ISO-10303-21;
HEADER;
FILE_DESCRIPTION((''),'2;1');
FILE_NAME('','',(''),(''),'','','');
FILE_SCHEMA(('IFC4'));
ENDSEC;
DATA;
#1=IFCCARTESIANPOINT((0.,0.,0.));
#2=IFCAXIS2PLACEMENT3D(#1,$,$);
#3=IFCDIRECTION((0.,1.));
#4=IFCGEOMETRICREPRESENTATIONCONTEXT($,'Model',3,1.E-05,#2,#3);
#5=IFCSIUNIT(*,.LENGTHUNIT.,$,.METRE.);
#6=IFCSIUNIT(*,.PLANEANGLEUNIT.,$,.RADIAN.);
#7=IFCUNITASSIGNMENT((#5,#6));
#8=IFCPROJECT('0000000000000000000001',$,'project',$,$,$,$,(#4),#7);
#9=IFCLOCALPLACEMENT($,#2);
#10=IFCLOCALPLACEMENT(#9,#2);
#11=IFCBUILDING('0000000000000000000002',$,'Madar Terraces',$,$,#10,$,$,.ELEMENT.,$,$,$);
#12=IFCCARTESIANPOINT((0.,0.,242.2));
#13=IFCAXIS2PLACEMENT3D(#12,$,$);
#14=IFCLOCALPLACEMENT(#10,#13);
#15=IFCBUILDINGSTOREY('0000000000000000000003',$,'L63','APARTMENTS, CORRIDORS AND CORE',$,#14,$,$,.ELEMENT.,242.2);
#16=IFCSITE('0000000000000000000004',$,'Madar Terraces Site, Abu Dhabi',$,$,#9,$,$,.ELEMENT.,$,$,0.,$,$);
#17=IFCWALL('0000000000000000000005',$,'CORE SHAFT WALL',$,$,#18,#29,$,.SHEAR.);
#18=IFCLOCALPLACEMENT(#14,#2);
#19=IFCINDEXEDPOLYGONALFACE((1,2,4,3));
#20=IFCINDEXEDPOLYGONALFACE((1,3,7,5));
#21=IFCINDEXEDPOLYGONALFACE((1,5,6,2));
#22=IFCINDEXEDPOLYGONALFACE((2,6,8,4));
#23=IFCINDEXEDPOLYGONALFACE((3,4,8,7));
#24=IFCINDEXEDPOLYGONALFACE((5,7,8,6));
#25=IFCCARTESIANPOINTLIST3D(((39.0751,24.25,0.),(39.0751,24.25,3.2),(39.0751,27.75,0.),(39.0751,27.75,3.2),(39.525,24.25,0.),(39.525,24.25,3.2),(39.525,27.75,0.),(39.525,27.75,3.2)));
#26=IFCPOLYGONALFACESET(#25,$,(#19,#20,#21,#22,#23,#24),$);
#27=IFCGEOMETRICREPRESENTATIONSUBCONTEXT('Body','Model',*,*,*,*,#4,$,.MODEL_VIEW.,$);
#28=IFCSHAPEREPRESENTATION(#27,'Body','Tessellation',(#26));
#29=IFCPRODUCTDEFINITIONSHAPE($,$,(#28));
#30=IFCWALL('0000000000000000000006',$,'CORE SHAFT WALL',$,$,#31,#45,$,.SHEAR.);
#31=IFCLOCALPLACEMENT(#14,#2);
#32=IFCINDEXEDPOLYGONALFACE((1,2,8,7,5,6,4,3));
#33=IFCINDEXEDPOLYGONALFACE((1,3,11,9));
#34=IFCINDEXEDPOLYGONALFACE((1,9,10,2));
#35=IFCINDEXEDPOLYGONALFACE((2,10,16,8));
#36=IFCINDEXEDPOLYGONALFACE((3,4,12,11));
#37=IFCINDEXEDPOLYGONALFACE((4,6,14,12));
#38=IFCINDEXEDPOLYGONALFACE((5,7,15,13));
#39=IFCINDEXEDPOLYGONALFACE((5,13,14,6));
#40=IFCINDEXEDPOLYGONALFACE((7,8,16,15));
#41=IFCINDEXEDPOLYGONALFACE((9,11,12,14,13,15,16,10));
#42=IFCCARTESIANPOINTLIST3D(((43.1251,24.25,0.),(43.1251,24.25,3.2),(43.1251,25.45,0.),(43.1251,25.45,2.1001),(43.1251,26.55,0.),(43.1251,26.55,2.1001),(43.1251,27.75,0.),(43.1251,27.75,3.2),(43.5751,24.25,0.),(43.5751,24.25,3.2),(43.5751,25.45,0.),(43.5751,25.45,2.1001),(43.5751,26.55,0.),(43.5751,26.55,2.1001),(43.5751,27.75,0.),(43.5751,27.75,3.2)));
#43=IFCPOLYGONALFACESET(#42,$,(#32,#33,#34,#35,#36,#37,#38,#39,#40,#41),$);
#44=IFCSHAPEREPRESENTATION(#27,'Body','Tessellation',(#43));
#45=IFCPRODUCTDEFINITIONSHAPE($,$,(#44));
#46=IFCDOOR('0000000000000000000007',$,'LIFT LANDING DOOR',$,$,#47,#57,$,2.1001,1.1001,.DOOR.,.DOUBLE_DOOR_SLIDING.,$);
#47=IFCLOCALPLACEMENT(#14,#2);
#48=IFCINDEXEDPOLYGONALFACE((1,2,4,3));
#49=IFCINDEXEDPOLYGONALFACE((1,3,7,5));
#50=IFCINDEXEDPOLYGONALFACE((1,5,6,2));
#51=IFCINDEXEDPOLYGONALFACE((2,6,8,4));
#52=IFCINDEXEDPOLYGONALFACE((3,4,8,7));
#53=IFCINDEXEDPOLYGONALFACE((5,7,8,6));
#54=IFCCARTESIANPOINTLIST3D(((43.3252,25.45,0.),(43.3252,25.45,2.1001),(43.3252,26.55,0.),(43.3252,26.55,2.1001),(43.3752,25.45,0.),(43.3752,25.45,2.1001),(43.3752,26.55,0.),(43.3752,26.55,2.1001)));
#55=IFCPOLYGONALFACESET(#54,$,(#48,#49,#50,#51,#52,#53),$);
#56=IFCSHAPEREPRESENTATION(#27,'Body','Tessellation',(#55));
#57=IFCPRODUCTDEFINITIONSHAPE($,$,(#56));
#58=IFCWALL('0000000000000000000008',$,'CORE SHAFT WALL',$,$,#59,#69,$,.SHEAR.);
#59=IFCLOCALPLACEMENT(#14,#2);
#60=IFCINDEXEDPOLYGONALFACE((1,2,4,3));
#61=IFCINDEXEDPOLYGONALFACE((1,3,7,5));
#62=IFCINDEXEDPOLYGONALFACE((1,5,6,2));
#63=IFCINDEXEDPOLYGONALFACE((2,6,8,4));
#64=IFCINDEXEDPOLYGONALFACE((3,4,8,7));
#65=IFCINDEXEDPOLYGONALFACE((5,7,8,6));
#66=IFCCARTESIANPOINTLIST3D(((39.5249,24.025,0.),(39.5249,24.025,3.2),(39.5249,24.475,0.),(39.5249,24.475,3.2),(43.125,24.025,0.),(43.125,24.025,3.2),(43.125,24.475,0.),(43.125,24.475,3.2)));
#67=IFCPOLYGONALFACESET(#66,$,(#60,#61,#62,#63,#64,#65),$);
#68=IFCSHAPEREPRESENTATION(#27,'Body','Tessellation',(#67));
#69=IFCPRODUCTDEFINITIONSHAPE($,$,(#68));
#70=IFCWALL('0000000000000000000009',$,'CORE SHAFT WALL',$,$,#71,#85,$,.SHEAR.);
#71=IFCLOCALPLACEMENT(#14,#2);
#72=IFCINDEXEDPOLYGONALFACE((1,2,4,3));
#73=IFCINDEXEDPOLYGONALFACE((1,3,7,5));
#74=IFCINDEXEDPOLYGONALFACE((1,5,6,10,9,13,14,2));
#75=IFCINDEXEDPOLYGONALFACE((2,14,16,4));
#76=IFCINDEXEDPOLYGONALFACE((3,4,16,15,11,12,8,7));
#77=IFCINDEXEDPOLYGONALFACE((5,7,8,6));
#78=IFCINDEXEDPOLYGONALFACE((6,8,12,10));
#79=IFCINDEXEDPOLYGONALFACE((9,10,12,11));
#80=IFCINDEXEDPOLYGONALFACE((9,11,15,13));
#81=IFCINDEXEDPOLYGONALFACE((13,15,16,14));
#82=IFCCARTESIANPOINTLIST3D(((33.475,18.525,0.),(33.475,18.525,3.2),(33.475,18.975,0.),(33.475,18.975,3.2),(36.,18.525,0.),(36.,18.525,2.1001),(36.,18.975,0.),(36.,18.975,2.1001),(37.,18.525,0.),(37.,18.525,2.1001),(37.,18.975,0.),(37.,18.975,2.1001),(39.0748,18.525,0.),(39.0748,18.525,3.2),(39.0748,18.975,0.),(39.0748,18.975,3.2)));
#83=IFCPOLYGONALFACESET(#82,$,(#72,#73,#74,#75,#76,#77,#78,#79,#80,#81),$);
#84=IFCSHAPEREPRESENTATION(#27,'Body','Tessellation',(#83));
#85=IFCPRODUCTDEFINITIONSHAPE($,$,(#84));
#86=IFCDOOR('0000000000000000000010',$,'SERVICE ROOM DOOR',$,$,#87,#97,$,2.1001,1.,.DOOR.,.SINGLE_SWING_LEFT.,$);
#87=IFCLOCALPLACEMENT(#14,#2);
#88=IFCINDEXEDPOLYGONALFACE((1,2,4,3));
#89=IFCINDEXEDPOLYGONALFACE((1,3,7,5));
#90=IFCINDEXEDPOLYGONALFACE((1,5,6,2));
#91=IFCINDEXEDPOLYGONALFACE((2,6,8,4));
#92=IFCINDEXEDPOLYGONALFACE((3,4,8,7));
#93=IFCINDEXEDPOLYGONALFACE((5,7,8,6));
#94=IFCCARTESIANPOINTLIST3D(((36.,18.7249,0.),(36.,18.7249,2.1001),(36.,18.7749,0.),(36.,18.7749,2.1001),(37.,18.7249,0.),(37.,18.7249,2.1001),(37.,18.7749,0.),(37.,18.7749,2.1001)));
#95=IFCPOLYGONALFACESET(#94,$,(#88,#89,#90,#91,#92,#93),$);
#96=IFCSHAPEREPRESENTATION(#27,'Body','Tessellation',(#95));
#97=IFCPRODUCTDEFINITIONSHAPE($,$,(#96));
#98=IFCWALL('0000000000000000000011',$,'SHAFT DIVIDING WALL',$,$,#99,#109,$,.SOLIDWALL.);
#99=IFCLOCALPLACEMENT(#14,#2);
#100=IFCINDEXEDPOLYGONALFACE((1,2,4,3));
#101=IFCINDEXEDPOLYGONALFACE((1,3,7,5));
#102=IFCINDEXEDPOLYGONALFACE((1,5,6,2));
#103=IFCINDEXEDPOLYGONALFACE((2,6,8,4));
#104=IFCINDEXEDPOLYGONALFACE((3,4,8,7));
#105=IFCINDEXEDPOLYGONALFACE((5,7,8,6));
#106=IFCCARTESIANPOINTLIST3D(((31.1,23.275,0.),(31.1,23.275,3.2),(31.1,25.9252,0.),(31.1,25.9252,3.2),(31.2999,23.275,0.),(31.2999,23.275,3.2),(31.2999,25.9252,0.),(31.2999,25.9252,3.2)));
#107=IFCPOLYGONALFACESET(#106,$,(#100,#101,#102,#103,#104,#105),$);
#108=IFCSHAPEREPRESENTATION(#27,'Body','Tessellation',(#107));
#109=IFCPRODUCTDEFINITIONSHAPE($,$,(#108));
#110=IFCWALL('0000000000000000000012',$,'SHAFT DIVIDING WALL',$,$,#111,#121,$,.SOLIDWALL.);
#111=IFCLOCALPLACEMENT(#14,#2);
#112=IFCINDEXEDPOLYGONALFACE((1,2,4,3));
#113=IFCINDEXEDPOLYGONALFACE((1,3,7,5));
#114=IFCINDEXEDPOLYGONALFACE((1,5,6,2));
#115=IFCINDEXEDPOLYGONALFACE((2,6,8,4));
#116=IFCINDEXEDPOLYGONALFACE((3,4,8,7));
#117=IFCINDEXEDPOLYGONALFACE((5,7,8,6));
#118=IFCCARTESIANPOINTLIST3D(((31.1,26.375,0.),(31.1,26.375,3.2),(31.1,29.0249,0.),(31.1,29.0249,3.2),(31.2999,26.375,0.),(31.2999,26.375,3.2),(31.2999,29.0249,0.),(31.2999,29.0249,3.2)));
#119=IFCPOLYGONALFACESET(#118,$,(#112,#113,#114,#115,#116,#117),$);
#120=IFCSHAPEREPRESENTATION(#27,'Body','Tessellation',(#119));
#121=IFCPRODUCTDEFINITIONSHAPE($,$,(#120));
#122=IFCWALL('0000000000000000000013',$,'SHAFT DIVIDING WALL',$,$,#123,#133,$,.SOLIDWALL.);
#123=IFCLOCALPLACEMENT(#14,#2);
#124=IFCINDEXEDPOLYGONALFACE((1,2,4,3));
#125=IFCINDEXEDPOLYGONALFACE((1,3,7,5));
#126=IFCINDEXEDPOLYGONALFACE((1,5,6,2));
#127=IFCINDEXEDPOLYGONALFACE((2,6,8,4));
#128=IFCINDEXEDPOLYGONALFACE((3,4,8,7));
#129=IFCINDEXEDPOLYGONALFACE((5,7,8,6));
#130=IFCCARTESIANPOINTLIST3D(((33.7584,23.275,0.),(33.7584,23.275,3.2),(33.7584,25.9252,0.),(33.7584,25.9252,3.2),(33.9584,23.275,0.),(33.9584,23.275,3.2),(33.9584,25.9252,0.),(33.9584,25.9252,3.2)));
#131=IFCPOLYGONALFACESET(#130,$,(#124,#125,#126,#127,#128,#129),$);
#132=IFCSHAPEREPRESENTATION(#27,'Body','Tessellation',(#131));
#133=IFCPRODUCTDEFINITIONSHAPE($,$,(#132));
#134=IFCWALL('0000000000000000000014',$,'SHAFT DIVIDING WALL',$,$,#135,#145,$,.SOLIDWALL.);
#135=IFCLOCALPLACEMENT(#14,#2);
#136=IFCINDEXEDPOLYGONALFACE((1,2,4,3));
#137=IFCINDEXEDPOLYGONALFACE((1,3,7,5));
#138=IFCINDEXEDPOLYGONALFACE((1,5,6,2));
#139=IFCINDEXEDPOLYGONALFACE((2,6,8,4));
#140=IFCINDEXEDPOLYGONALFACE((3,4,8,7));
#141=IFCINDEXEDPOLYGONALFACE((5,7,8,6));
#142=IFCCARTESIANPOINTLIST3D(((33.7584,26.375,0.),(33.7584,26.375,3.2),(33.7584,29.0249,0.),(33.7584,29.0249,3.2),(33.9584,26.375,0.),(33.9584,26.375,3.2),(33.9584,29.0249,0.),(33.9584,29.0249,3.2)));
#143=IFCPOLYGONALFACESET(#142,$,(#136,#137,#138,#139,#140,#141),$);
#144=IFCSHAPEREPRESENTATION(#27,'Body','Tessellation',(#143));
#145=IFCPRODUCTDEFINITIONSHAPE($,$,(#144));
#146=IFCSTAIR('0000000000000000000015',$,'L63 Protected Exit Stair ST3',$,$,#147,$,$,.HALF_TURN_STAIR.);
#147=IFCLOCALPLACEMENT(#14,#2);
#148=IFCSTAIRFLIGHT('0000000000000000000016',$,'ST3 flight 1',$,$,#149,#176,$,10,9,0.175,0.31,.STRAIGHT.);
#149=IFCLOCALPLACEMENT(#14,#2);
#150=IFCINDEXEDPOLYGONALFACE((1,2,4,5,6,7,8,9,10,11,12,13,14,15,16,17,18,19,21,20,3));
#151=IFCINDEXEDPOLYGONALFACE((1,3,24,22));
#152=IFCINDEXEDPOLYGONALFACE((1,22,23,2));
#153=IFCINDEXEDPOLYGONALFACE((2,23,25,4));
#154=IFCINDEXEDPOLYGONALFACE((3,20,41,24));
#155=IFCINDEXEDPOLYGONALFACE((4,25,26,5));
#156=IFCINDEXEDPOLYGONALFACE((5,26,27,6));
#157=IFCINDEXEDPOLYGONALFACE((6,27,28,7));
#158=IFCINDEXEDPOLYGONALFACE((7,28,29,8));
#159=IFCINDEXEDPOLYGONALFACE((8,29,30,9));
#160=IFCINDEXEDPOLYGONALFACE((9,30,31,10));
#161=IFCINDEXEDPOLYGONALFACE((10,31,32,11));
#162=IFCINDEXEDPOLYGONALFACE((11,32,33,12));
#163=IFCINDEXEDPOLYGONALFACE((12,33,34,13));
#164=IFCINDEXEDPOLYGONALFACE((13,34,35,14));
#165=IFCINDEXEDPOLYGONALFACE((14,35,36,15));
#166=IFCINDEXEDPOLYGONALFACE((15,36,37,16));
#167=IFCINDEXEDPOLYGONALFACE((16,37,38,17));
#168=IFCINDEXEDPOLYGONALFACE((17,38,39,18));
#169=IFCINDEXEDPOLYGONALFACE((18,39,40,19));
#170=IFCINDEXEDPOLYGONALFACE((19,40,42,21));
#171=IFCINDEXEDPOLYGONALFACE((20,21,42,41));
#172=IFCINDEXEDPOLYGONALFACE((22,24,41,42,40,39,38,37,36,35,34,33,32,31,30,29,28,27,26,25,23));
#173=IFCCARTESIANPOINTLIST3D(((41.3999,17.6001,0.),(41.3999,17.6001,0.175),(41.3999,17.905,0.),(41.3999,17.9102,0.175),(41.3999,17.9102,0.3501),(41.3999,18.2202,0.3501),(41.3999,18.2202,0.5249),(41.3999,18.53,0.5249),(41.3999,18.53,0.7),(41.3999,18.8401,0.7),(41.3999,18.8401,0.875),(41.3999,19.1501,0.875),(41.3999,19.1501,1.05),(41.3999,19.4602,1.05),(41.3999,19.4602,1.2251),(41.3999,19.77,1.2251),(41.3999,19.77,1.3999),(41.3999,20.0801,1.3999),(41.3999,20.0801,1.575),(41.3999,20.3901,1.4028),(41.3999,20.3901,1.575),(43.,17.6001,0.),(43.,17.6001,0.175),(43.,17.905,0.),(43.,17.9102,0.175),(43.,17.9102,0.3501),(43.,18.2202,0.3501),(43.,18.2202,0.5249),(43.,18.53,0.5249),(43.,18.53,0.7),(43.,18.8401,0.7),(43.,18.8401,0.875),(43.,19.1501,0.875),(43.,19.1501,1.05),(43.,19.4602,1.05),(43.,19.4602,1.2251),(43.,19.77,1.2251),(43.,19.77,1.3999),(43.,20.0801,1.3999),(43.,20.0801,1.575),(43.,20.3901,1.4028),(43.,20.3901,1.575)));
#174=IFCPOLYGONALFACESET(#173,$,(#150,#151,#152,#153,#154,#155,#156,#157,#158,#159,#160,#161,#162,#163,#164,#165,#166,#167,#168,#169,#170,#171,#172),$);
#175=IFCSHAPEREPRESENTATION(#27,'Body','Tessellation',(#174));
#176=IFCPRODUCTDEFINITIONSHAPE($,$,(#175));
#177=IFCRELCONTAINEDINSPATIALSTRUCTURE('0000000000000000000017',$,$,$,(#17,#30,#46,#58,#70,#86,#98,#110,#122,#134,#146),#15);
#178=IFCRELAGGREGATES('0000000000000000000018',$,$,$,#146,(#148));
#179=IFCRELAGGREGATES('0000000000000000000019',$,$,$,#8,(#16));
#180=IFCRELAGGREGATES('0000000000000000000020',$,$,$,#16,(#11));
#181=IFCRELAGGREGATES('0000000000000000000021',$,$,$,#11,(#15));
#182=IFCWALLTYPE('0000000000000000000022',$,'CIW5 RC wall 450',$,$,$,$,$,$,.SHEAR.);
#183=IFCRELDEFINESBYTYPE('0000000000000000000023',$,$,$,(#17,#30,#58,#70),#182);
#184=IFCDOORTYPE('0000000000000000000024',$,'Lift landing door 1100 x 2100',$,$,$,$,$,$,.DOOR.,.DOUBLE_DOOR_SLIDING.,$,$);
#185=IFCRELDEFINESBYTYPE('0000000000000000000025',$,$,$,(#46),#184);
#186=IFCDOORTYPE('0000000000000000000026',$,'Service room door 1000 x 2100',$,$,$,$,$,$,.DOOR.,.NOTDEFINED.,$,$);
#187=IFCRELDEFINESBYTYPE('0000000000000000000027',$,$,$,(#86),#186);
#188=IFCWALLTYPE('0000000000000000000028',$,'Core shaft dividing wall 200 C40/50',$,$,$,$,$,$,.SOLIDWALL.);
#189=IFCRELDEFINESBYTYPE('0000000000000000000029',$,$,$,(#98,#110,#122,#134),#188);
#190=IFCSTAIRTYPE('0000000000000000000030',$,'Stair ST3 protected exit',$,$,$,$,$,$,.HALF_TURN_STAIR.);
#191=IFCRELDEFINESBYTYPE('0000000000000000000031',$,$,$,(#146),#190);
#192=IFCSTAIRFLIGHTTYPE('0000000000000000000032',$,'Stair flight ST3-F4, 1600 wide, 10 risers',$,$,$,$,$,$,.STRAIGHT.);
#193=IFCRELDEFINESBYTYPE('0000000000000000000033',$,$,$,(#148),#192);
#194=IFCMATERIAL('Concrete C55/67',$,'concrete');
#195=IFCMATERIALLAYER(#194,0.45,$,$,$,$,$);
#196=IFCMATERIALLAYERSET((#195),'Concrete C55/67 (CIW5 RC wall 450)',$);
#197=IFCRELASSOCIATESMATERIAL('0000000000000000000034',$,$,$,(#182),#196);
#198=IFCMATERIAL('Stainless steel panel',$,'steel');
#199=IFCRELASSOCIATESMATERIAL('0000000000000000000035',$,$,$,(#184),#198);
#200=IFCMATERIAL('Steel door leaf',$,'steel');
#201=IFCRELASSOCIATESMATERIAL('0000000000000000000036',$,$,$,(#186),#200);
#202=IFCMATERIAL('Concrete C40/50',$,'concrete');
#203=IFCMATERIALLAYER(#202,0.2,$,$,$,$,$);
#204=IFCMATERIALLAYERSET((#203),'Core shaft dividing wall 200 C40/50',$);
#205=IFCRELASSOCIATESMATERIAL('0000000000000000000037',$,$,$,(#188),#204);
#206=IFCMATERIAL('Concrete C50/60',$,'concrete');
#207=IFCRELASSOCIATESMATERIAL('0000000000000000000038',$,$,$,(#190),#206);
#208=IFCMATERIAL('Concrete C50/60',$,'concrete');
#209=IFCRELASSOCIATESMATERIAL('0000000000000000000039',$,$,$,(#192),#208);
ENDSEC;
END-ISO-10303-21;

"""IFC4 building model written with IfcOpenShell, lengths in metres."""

from ifc_helpers import new_model, si_unit, direction, frame, frame_2d, origin, place, context, subcontext, project, spatial, polyline, rectangle, outline, extrude, material, layer, layer_set, type_object, element, fill, aggregate, save


model = new_model("IFC4")

# Units and contexts
model_context = context("Model", 3, precision=1e-05, world=origin(), true_north=direction((0.0, 1.0)))
body_context = subcontext(model_context, "Body", "Model", "MODEL_VIEW")
ifc_project = project(units=[si_unit("LENGTHUNIT", "METRE"), si_unit("PLANEANGLEUNIT", "RADIAN")], contexts=[model_context])

# Site, building, storey
site_placement = place(None, origin())
site = spatial("IfcSite", under=ifc_project, at=site_placement, Name="Madar Terraces Site, Abu Dhabi", CompositionType="ELEMENT", RefElevation=0.0)
building_placement = place(site_placement, origin())
building = spatial("IfcBuilding", under=site, at=building_placement, Name="Madar Terraces", CompositionType="ELEMENT")
storey_placement = place(building_placement, frame((0.0, 0.0, 242.2)))
storey = spatial("IfcBuildingStorey", under=building, at=storey_placement, Name="L63", Description="APARTMENTS, CORRIDORS AND CORE", CompositionType="ELEMENT", Elevation=242.2)

# Wall
ifc_material_1 = material(Name="Concrete C55/67", Category="concrete")
ifc_layer_1 = layer(ifc_material_1, 0.45)
ifc_layer_set_1 = layer_set([ifc_layer_1], Name="Concrete C55/67 (CIW5 RC wall 450)")
wall_type_1 = type_object("IfcWallType", Name="CIW5 RC wall 450", PredefinedType="SHEAR", material=ifc_layer_set_1)
wall_1_placement = place(storey_placement, frame((39.3, 24.25, 0.0), z_axis=(0.0, 0.0, 1.0), x_axis=(0.0, 1.0, 0.0)))
element("IfcWall", 1, at=wall_1_placement, inside=storey, type_object=wall_type_1, Name="CORE SHAFT WALL", PredefinedType="SHEAR", context=body_context, shape_type="SweptSolid", body=[
    extrude(rectangle(XDim=3.5, YDim=0.45, at=frame_2d((1.75, 0.0))), origin(), (0.0, 0.0, 1.0), 3.2),
])

# Wall, opening, door
wall_2_placement = place(storey_placement, frame((43.3501, 24.25, 0.0), z_axis=(0.0, 0.0, 1.0), x_axis=(0.0, 1.0, 0.0)))
wall_2 = element("IfcWall", 2, at=wall_2_placement, inside=storey, type_object=wall_type_1, Name="CORE SHAFT WALL", PredefinedType="SHEAR", context=body_context, shape_type="SweptSolid", body=[
    extrude(rectangle(XDim=3.5, YDim=0.45, at=frame_2d((1.75, 0.0))), origin(), (0.0, 0.0, 1.0), 3.2),
])
opening_1_placement = place(wall_2_placement, frame((1.2, 0.0, 0.0)))
opening_1 = element("IfcOpeningElement", 3, at=opening_1_placement, cuts=wall_2, PredefinedType="OPENING", context=body_context, shape_type="SweptSolid", body=[
    extrude(rectangle(XDim=1.1001, YDim=2.1001, at=frame_2d((0.55, 1.05))), frame((0.0, 0.2349, 0.0), z_axis=(0.0, -1.0, 0.0), x_axis=(1.0, 0.0, 0.0)), (0.0, 0.0, 1.0), 0.47),
])
ifc_material_2 = material(Name="Stainless steel panel", Category="steel")
door_type_1 = type_object("IfcDoorType", Name="Lift landing door 1100 x 2100", OperationType="DOUBLE_DOOR_SLIDING", PredefinedType="DOOR", material=ifc_material_2)
door_1_placement = place(opening_1_placement, origin())
door_1 = element("IfcDoor", 4, at=door_1_placement, inside=storey, type_object=door_type_1, Name="LIFT LANDING DOOR", OperationType="DOUBLE_DOOR_SLIDING", OverallHeight=2.1001, OverallWidth=1.1001, PredefinedType="DOOR", context=body_context, shape_type="SweptSolid", body=[
    extrude(rectangle(XDim=1.1001, YDim=2.1001, at=frame_2d((0.55, 1.05))), frame((0.0, 0.0249, 0.0), z_axis=(0.0, -1.0, 0.0), x_axis=(1.0, 0.0, 0.0)), (0.0, 0.0, 1.0), 0.05),
])
fill(opening_1, door_1)

# Wall
wall_3_placement = place(storey_placement, frame((39.5249, 24.25, 0.0), z_axis=(0.0, 0.0, 1.0), x_axis=(1.0, 0.0, 0.0)))
element("IfcWall", 5, at=wall_3_placement, inside=storey, type_object=wall_type_1, Name="CORE SHAFT WALL", PredefinedType="SHEAR", context=body_context, shape_type="SweptSolid", body=[
    extrude(rectangle(XDim=3.6001, YDim=0.45, at=frame_2d((1.8, 0.0))), origin(), (0.0, 0.0, 1.0), 3.2),
])

# Wall, opening, door
wall_4_placement = place(storey_placement, frame((33.4751, 18.75, 0.0), z_axis=(0.0, 0.0, 1.0), x_axis=(1.0, 0.0, 0.0)))
wall_4 = element("IfcWall", 6, at=wall_4_placement, inside=storey, type_object=wall_type_1, Name="CORE SHAFT WALL", PredefinedType="SHEAR", context=body_context, shape_type="SweptSolid", body=[
    extrude(rectangle(XDim=5.5999, YDim=0.45, at=frame_2d((2.7998, 0.0))), origin(), (0.0, 0.0, 1.0), 3.2),
])
opening_2_placement = place(wall_4_placement, frame((2.5249, 0.0, 0.0)))
opening_2 = element("IfcOpeningElement", 7, at=opening_2_placement, cuts=wall_4, PredefinedType="OPENING", context=body_context, shape_type="SweptSolid", body=[
    extrude(rectangle(XDim=1.0, YDim=2.1001, at=frame_2d((0.5, 1.05))), frame((0.0, 0.2349, 0.0), z_axis=(0.0, -1.0, 0.0), x_axis=(1.0, 0.0, 0.0)), (0.0, 0.0, 1.0), 0.47),
])
ifc_material_3 = material(Name="Steel door leaf", Category="steel")
door_type_2 = type_object("IfcDoorType", Name="Service room door 1000 x 2100", OperationType="NOTDEFINED", PredefinedType="DOOR", material=ifc_material_3)
door_2_placement = place(opening_2_placement, origin())
door_2 = element("IfcDoor", 8, at=door_2_placement, inside=storey, type_object=door_type_2, Name="SERVICE ROOM DOOR", OperationType="SINGLE_SWING_LEFT", OverallHeight=2.1001, OverallWidth=1.0, PredefinedType="DOOR", context=body_context, shape_type="SweptSolid", body=[
    extrude(rectangle(XDim=1.0, YDim=2.1001, at=frame_2d((0.5, 1.05))), frame((0.0, 0.0249, 0.0), z_axis=(0.0, -1.0, 0.0), x_axis=(1.0, 0.0, 0.0)), (0.0, 0.0, 1.0), 0.05),
])
fill(opening_2, door_2)

# Walls
ifc_material_4 = material(Name="Concrete C40/50", Category="concrete")
ifc_layer_2 = layer(ifc_material_4, 0.2)
ifc_layer_set_2 = layer_set([ifc_layer_2], Name="Core shaft dividing wall 200 C40/50")
wall_type_2 = type_object("IfcWallType", Name="Core shaft dividing wall 200 C40/50", PredefinedType="SOLIDWALL", material=ifc_layer_set_2)
wall_5_placement = place(storey_placement, frame((31.2, 23.2749, 0.0), z_axis=(0.0, 0.0, 1.0), x_axis=(0.0, 1.0, 0.0)))
element("IfcWall", 9, at=wall_5_placement, inside=storey, type_object=wall_type_2, Name="SHAFT DIVIDING WALL", PredefinedType="SOLIDWALL", context=body_context, shape_type="SweptSolid", body=[
    extrude(rectangle(XDim=2.6501, YDim=0.2, at=frame_2d((1.3252, 0.0))), origin(), (0.0, 0.0, 1.0), 3.2),
])
wall_6_placement = place(storey_placement, frame((31.2, 26.375, 0.0), z_axis=(0.0, 0.0, 1.0), x_axis=(0.0, 1.0, 0.0)))
element("IfcWall", 10, at=wall_6_placement, inside=storey, type_object=wall_type_2, Name="SHAFT DIVIDING WALL", PredefinedType="SOLIDWALL", context=body_context, shape_type="SweptSolid", body=[
    extrude(rectangle(XDim=2.6499, YDim=0.2, at=frame_2d((1.325, 0.0))), origin(), (0.0, 0.0, 1.0), 3.2),
])
wall_7_placement = place(storey_placement, frame((33.8584, 23.2749, 0.0), z_axis=(0.0, 0.0, 1.0), x_axis=(0.0, 1.0, 0.0)))
element("IfcWall", 11, at=wall_7_placement, inside=storey, type_object=wall_type_2, Name="SHAFT DIVIDING WALL", PredefinedType="SOLIDWALL", context=body_context, shape_type="SweptSolid", body=[
    extrude(rectangle(XDim=2.6501, YDim=0.2, at=frame_2d((1.3252, 0.0))), origin(), (0.0, 0.0, 1.0), 3.2),
])
wall_8_placement = place(storey_placement, frame((33.8584, 26.375, 0.0), z_axis=(0.0, 0.0, 1.0), x_axis=(0.0, 1.0, 0.0)))
element("IfcWall", 12, at=wall_8_placement, inside=storey, type_object=wall_type_2, Name="SHAFT DIVIDING WALL", PredefinedType="SOLIDWALL", context=body_context, shape_type="SweptSolid", body=[
    extrude(rectangle(XDim=2.6499, YDim=0.2, at=frame_2d((1.325, 0.0))), origin(), (0.0, 0.0, 1.0), 3.2),
])

# Stair, stair flight
ifc_material_5 = material(Name="Concrete C50/60", Category="concrete")
stair_type = type_object("IfcStairType", Name="Stair ST3 protected exit", PredefinedType="HALF_TURN_STAIR", material=ifc_material_5)
stair_placement = place(storey_placement, origin())
stair = element("IfcStair", 13, at=stair_placement, inside=storey, type_object=stair_type, Name="L63 Protected Exit Stair ST3", PredefinedType="HALF_TURN_STAIR")
ifc_material_6 = material(Name="Concrete C50/60", Category="concrete")
stair_flight_type = type_object("IfcStairFlightType", Name="Stair flight ST3-F4, 1600 wide, 10 risers", PredefinedType="STRAIGHT", material=ifc_material_6)
stair_flight_1_placement = place(storey_placement, frame((42.2, 17.6001, 0.0), z_axis=(0.0, 0.0, 1.0), x_axis=(0.0, 1.0, 0.0)))
stair_flight_1 = element("IfcStairFlight", 14, at=stair_flight_1_placement, type_object=stair_flight_type, Name="ST3 flight 1", NumberOfRisers=10, NumberOfTreads=9, PredefinedType="STRAIGHT", RiserHeight=0.175, TreadLength=0.31, context=body_context, shape_type="SweptSolid", body=[
    extrude(outline(polyline([(0.0, 0.0), (0.0, 0.175), (0.3101, 0.175), (0.3101, 0.3501), (0.6201, 0.3501), (0.6201, 0.5249), (0.9299, 0.5249), (0.9299, 0.7), (1.24, 0.7), (1.24, 0.875), (1.55, 0.875), (1.55, 1.05), (1.8601, 1.05), (1.8601, 1.2251), (2.1699, 1.2251), (2.1699, 1.3999), (2.48, 1.3999), (2.48, 1.575), (2.79, 1.575), (2.79, 1.75), (2.79, 1.4028), (0.3049, 0.0), (0.0, 0.0)])), frame((0.0, 0.8, 0.0), z_axis=(0.0, -1.0, 0.0), x_axis=(1.0, 0.0, 0.0)), (0.0, 0.0, 1.0), 1.6001),
])
aggregate(stair, [stair_flight_1])

save(model, "model.ifc")
